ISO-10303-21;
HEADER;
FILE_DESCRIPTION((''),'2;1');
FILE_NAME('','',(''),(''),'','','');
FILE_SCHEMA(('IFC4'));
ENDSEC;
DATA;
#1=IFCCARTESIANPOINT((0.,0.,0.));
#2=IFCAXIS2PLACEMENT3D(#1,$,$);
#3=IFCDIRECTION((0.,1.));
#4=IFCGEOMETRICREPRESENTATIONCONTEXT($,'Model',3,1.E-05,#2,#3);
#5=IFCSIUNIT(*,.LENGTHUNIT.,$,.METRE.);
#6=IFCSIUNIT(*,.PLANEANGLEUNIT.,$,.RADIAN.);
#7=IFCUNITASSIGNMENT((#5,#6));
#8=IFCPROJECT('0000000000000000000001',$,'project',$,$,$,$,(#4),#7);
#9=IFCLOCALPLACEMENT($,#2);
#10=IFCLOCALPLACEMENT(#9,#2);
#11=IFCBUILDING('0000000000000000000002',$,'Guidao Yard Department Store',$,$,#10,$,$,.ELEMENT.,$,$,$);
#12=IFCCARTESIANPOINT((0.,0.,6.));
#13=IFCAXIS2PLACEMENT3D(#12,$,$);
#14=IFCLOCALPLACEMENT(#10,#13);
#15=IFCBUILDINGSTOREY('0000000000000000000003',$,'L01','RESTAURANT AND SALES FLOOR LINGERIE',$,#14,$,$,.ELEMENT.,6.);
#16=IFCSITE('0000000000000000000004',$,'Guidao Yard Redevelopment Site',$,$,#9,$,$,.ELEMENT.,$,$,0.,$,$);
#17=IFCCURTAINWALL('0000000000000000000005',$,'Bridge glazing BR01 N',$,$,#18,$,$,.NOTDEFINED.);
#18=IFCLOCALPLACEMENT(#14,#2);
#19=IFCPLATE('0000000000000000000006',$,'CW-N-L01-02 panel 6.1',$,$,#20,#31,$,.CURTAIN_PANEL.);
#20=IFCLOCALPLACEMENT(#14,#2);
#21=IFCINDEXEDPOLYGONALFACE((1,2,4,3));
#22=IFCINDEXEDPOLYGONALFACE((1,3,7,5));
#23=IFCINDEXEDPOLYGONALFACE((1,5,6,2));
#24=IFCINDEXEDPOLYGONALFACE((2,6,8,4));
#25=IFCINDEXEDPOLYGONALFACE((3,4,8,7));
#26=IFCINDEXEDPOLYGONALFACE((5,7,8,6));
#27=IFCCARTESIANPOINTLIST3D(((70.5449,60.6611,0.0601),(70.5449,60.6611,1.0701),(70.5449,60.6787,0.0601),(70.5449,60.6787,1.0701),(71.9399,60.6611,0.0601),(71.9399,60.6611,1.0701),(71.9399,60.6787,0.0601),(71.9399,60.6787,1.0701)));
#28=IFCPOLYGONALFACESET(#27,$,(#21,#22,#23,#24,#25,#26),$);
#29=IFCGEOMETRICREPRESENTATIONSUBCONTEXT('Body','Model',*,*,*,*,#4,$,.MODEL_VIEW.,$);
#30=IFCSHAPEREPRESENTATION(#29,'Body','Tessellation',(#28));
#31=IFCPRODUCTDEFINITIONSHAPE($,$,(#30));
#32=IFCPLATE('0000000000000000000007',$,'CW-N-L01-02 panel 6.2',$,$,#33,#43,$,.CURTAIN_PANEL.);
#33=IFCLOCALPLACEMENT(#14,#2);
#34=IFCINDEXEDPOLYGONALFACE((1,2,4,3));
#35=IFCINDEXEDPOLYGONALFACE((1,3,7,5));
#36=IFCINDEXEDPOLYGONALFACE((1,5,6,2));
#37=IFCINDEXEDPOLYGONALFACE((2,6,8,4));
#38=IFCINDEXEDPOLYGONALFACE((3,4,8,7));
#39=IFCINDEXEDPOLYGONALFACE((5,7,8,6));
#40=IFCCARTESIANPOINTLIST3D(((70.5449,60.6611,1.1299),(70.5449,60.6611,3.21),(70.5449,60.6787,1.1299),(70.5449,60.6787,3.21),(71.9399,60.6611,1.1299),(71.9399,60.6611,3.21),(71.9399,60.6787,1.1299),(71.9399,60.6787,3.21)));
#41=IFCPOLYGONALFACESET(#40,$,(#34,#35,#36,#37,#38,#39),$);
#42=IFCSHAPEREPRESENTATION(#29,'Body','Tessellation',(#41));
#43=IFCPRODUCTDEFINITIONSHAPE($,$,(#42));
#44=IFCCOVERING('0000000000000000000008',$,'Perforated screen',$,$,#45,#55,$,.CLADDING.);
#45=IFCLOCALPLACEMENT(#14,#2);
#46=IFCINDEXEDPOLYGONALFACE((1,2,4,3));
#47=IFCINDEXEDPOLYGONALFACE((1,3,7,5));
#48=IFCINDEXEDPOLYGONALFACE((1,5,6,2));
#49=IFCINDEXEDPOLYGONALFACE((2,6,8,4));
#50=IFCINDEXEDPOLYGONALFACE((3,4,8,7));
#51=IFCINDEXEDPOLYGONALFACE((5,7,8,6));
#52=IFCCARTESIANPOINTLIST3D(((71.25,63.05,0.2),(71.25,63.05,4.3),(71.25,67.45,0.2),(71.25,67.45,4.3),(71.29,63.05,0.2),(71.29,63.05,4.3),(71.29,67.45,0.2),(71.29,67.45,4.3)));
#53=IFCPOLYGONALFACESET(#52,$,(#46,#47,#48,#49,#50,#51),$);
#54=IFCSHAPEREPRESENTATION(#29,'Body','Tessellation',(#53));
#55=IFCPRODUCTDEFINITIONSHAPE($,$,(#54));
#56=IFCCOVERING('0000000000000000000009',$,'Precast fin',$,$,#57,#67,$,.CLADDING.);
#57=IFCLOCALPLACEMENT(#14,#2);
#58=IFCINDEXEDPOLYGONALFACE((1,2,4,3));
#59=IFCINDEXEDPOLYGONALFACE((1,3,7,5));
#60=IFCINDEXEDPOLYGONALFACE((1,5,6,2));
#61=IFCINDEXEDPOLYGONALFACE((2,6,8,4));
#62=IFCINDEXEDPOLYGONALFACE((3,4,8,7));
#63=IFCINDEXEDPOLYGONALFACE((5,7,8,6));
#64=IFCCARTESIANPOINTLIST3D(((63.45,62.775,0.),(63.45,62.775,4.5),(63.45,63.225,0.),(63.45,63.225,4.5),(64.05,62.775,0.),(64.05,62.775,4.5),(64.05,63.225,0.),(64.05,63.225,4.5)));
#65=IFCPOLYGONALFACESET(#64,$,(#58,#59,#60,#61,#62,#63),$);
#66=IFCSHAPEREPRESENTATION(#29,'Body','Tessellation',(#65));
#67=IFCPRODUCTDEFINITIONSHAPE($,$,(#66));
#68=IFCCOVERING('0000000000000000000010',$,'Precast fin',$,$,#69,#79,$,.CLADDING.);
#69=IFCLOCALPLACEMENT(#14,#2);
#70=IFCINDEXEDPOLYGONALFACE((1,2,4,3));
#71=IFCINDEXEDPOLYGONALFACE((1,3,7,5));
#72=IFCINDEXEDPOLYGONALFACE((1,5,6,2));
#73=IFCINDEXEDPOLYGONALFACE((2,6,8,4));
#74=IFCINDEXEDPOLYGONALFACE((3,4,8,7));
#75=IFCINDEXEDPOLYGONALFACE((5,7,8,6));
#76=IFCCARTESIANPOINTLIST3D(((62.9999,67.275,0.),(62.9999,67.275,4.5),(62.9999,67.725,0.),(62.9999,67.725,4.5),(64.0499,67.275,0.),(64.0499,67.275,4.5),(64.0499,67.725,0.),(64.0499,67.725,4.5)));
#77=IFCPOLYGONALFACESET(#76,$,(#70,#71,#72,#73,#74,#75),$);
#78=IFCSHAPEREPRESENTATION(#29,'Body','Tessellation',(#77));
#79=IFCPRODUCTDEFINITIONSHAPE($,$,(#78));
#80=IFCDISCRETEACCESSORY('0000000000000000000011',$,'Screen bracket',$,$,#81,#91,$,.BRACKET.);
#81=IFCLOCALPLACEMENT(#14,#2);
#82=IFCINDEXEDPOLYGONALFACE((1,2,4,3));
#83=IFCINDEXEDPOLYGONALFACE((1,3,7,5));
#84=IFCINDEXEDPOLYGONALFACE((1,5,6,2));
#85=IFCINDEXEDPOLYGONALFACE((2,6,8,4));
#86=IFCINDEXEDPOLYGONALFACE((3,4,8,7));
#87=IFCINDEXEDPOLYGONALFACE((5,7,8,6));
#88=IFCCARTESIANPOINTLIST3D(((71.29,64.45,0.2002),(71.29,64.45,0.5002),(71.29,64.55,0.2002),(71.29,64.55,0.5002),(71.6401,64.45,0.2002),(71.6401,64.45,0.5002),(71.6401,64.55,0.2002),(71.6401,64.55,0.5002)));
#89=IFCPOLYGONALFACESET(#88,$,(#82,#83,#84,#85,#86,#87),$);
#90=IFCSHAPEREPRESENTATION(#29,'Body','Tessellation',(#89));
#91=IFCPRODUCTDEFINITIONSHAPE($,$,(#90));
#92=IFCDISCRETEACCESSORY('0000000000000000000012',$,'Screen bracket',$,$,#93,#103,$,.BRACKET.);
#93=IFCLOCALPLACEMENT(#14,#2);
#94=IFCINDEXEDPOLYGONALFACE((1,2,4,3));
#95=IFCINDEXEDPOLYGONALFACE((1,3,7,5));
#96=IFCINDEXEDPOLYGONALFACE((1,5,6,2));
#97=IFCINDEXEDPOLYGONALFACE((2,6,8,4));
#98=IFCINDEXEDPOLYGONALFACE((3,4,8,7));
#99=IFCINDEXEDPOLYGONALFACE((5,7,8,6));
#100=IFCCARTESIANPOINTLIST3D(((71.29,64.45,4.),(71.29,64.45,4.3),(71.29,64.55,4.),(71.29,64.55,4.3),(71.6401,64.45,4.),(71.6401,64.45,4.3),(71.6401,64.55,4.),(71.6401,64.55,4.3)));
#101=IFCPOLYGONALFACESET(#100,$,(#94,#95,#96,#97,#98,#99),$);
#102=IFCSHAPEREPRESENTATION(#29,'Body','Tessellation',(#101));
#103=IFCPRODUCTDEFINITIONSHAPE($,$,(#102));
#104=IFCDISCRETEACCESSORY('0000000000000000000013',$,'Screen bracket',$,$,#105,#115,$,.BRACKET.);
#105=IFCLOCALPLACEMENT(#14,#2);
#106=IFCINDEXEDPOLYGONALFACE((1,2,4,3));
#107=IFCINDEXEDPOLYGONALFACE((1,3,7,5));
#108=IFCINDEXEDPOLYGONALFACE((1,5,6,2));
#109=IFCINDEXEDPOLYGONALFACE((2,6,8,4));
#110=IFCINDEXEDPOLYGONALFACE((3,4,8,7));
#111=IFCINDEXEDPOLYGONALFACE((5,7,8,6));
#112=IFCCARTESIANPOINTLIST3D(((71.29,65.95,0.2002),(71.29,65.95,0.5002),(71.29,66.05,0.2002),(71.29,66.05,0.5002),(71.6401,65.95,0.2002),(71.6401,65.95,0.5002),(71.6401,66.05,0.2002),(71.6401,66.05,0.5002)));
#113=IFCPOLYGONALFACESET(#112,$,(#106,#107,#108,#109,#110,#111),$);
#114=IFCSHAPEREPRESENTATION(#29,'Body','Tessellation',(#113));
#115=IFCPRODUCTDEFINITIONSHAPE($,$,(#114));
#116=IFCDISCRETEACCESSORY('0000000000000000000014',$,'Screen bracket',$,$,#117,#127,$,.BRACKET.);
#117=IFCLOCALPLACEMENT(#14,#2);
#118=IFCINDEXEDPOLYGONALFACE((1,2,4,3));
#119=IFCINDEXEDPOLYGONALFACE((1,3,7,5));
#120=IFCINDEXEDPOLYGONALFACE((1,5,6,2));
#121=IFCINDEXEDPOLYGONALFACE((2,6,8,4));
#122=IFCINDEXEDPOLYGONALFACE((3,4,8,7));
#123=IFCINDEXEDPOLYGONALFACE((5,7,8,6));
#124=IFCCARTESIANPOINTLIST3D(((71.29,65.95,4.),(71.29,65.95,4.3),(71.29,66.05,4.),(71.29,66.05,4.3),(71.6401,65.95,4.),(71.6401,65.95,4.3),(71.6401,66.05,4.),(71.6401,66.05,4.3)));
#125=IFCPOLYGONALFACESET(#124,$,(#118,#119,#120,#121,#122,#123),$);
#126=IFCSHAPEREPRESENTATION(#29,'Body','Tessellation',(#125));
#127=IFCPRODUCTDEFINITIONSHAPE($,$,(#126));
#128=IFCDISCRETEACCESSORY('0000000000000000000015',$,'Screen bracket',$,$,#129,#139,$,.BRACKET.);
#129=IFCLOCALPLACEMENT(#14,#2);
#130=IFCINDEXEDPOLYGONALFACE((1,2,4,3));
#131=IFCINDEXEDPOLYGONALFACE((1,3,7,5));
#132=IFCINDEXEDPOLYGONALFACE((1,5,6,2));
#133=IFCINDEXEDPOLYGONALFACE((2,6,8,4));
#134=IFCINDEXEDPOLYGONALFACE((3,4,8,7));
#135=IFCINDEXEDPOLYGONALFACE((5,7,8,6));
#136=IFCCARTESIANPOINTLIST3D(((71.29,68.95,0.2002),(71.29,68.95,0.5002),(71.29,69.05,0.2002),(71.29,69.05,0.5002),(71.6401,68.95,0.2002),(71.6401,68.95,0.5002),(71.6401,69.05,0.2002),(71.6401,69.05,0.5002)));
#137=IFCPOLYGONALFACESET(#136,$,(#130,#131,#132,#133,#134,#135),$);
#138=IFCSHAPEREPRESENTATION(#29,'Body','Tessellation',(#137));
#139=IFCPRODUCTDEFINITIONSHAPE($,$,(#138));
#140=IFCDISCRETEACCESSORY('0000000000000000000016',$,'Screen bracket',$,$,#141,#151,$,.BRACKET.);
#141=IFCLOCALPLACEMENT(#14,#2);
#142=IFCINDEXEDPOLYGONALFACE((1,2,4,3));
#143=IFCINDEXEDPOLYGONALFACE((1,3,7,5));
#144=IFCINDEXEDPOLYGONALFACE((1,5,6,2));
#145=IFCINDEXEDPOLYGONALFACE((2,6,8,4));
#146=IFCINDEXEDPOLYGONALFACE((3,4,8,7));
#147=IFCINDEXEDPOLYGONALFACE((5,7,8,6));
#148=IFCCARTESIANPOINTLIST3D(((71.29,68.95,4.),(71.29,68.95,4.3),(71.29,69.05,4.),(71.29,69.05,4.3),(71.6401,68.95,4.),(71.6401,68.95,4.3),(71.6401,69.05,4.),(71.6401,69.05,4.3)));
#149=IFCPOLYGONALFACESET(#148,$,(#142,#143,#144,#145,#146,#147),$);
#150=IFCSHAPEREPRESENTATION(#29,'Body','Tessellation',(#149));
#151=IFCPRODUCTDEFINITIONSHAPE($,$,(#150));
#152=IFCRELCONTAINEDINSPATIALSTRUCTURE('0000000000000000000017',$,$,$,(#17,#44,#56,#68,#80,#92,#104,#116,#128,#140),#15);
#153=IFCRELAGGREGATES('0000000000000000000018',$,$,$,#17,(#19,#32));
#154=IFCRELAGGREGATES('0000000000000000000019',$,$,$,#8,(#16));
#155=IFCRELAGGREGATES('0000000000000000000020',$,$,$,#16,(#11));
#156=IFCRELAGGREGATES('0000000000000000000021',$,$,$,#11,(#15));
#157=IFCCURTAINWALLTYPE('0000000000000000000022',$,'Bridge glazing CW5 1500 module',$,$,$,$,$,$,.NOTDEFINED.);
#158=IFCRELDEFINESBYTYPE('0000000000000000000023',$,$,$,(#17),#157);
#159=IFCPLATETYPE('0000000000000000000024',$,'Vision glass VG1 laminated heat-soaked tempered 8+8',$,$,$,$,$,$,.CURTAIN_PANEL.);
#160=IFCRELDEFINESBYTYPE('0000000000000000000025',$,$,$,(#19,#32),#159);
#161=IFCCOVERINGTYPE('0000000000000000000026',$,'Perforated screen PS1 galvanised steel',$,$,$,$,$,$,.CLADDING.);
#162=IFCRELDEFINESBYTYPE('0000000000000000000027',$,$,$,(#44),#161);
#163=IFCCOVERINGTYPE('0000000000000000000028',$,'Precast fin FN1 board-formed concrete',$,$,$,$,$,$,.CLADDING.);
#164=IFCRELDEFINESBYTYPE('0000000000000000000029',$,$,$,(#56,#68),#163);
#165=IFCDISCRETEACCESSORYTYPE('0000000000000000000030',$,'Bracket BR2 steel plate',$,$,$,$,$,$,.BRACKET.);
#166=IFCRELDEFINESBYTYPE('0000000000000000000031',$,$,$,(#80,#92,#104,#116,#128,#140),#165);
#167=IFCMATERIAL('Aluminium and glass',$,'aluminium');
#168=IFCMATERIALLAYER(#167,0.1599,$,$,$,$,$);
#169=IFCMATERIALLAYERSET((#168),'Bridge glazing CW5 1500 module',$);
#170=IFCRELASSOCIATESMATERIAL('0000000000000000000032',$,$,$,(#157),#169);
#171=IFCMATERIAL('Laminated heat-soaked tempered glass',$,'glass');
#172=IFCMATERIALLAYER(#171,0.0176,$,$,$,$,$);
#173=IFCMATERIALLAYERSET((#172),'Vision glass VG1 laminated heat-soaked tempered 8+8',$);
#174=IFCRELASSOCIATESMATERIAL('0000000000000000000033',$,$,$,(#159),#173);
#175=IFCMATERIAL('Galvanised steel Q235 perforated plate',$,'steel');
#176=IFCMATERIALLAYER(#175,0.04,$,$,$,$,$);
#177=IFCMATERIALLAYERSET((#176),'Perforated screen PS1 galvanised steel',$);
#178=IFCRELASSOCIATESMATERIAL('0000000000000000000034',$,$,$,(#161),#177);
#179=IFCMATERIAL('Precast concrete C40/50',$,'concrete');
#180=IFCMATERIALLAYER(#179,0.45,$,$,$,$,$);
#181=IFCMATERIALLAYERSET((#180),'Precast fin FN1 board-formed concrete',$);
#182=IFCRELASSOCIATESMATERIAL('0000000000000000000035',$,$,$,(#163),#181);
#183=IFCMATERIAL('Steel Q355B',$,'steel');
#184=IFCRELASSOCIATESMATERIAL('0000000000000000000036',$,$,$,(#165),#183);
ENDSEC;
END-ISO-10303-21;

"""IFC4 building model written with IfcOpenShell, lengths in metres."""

from ifc_helpers import new_model, si_unit, direction, frame, origin, origin_2d, place, context, subcontext, project, spatial, rectangle, extrude, material, layer, layer_set, type_object, element, aggregate, save


model = new_model("IFC4")

# Units and contexts
model_context = context("Model", 3, precision=1e-05, world=origin(), true_north=direction((0.0, 1.0)))
body_context = subcontext(model_context, "Body", "Model", "MODEL_VIEW")
ifc_project = project(units=[si_unit("LENGTHUNIT", "METRE"), si_unit("PLANEANGLEUNIT", "RADIAN")], contexts=[model_context])

# Site, building, storey
site_placement = place(None, origin())
site = spatial("IfcSite", under=ifc_project, at=site_placement, Name="Guidao Yard Redevelopment Site", CompositionType="ELEMENT", RefElevation=0.0)
building_placement = place(site_placement, origin())
building = spatial("IfcBuilding", under=site, at=building_placement, Name="Guidao Yard Department Store", CompositionType="ELEMENT")
storey_placement = place(building_placement, frame((0.0, 0.0, 6.0)))
storey = spatial("IfcBuildingStorey", under=building, at=storey_placement, Name="L01", Description="RESTAURANT AND SALES FLOOR LINGERIE", CompositionType="ELEMENT", Elevation=6.0)

# Curtain wall
ifc_material_1 = material(Name="Aluminium and glass", Category="aluminium")
ifc_layer_1 = layer(ifc_material_1, 0.1599)
ifc_layer_set_1 = layer_set([ifc_layer_1], Name="Bridge glazing CW5 1500 module")
curtain_wall_type_1 = type_object("IfcCurtainWallType", Name="Bridge glazing CW5 1500 module", PredefinedType="NOTDEFINED", material=ifc_layer_set_1)
curtain_wall_1_placement = place(storey_placement, origin())
curtain_wall_1 = element("IfcCurtainWall", 1, at=curtain_wall_1_placement, inside=storey, type_object=curtain_wall_type_1, Name="Bridge glazing BR01 N", PredefinedType="NOTDEFINED")

# Plates
ifc_material_2 = material(Name="Laminated heat-soaked tempered glass", Category="glass")
ifc_layer_2 = layer(ifc_material_2, 0.0176)
ifc_layer_set_2 = layer_set([ifc_layer_2], Name="Vision glass VG1 laminated heat-soaked tempered 8+8")
plate_type = type_object("IfcPlateType", Name="Vision glass VG1 laminated heat-soaked tempered 8+8", PredefinedType="CURTAIN_PANEL", material=ifc_layer_set_2)
plate_1_placement = place(storey_placement, frame((71.2424, 60.6699, 0.0601), z_axis=(0.0, 0.0, 1.0), x_axis=(1.0, 0.0, 0.0)))
plate_1 = element("IfcPlate", 2, at=plate_1_placement, type_object=plate_type, Name="CW-N-L01-02 panel 6.1", PredefinedType="CURTAIN_PANEL", context=body_context, shape_type="SweptSolid", body=[
    extrude(rectangle(XDim=1.395, YDim=0.0176, at=origin_2d()), origin(), (0.0, 0.0, 1.0), 1.01),
])
plate_2_placement = place(storey_placement, frame((71.2424, 60.6699, 1.1299), z_axis=(0.0, 0.0, 1.0), x_axis=(1.0, 0.0, 0.0)))
plate_2 = element("IfcPlate", 3, at=plate_2_placement, type_object=plate_type, Name="CW-N-L01-02 panel 6.2", PredefinedType="CURTAIN_PANEL", context=body_context, shape_type="SweptSolid", body=[
    extrude(rectangle(XDim=1.395, YDim=0.0176, at=origin_2d()), origin(), (0.0, 0.0, 1.0), 2.0801),
])
aggregate(curtain_wall_1, [plate_1, plate_2])

# Coverings
ifc_material_3 = material(Name="Galvanised steel Q235 perforated plate", Category="steel")
ifc_layer_3 = layer(ifc_material_3, 0.04)
ifc_layer_set_3 = layer_set([ifc_layer_3], Name="Perforated screen PS1 galvanised steel")
covering_type_1 = type_object("IfcCoveringType", Name="Perforated screen PS1 galvanised steel", PredefinedType="CLADDING", material=ifc_layer_set_3)
covering_1_placement = place(storey_placement, frame((71.27, 65.25, 0.2), z_axis=(0.0, 0.0, 1.0), x_axis=(0.0, 1.0, 0.0)))
element("IfcCovering", 4, at=covering_1_placement, inside=storey, type_object=covering_type_1, Name="Perforated screen", PredefinedType="CLADDING", context=body_context, shape_type="SweptSolid", body=[
    extrude(rectangle(XDim=4.3999, YDim=0.04, at=origin_2d()), origin(), (0.0, 0.0, 1.0), 4.1001),
])
ifc_material_4 = material(Name="Precast concrete C40/50", Category="concrete")
ifc_layer_4 = layer(ifc_material_4, 0.45)
ifc_layer_set_4 = layer_set([ifc_layer_4], Name="Precast fin FN1 board-formed concrete")
covering_type_2 = type_object("IfcCoveringType", Name="Precast fin FN1 board-formed concrete", PredefinedType="CLADDING", material=ifc_layer_set_4)
covering_2_placement = place(storey_placement, frame((63.75, 63.0, 0.0), z_axis=(0.0, 0.0, 1.0), x_axis=(0.0, -1.0, 0.0)))
element("IfcCovering", 5, at=covering_2_placement, inside=storey, type_object=covering_type_2, Name="Precast fin", PredefinedType="CLADDING", context=body_context, shape_type="SweptSolid", body=[
    extrude(rectangle(XDim=0.45, YDim=0.6001, at=origin_2d()), origin(), (0.0, 0.0, 1.0), 4.5),
])
covering_3_placement = place(storey_placement, frame((63.5249, 67.5, 0.0), z_axis=(0.0, 0.0, 1.0), x_axis=(0.0, -1.0, 0.0)))
element("IfcCovering", 6, at=covering_3_placement, inside=storey, type_object=covering_type_2, Name="Precast fin", PredefinedType="CLADDING", context=body_context, shape_type="SweptSolid", body=[
    extrude(rectangle(XDim=0.45, YDim=1.05, at=origin_2d()), origin(), (0.0, 0.0, 1.0), 4.5),
])

# Discrete accessories
ifc_material_5 = material(Name="Steel Q355B", Category="steel")
discrete_accessory_type = type_object("IfcDiscreteAccessoryType", Name="Bracket BR2 steel plate", PredefinedType="BRACKET", material=ifc_material_5)
for number, where, z_axis, x_axis, name in (
    (7, (71.4651, 64.5, 0.2002), (0.0, 0.0, 1.0), (0.0, 1.0, 0.0), "Screen bracket"),
    (8, (71.4651, 64.5, 4.0), (0.0, 0.0, 1.0), (0.0, 1.0, 0.0), "Screen bracket"),
    (9, (71.4651, 66.0, 0.2002), (0.0, 0.0, 1.0), (0.0, 1.0, 0.0), "Screen bracket"),
    (10, (71.4651, 66.0, 4.0), (0.0, 0.0, 1.0), (0.0, 1.0, 0.0), "Screen bracket"),
    (11, (71.4651, 69.0, 0.2002), (0.0, 0.0, 1.0), (0.0, 1.0, 0.0), "Screen bracket"),
    (12, (71.4651, 69.0, 4.0), (0.0, 0.0, 1.0), (0.0, 1.0, 0.0), "Screen bracket"),
):
    element("IfcDiscreteAccessory", number, at=place(storey_placement, frame(where, z_axis=z_axis, x_axis=x_axis)), inside=storey, type_object=discrete_accessory_type, Name=name, PredefinedType="BRACKET", context=body_context, shape_type="SweptSolid", body=[
        extrude(rectangle(XDim=0.1001, YDim=0.3501, at=origin_2d()), origin(), (0.0, 0.0, 1.0), 0.3),
    ])

save(model, "model.ifc")
